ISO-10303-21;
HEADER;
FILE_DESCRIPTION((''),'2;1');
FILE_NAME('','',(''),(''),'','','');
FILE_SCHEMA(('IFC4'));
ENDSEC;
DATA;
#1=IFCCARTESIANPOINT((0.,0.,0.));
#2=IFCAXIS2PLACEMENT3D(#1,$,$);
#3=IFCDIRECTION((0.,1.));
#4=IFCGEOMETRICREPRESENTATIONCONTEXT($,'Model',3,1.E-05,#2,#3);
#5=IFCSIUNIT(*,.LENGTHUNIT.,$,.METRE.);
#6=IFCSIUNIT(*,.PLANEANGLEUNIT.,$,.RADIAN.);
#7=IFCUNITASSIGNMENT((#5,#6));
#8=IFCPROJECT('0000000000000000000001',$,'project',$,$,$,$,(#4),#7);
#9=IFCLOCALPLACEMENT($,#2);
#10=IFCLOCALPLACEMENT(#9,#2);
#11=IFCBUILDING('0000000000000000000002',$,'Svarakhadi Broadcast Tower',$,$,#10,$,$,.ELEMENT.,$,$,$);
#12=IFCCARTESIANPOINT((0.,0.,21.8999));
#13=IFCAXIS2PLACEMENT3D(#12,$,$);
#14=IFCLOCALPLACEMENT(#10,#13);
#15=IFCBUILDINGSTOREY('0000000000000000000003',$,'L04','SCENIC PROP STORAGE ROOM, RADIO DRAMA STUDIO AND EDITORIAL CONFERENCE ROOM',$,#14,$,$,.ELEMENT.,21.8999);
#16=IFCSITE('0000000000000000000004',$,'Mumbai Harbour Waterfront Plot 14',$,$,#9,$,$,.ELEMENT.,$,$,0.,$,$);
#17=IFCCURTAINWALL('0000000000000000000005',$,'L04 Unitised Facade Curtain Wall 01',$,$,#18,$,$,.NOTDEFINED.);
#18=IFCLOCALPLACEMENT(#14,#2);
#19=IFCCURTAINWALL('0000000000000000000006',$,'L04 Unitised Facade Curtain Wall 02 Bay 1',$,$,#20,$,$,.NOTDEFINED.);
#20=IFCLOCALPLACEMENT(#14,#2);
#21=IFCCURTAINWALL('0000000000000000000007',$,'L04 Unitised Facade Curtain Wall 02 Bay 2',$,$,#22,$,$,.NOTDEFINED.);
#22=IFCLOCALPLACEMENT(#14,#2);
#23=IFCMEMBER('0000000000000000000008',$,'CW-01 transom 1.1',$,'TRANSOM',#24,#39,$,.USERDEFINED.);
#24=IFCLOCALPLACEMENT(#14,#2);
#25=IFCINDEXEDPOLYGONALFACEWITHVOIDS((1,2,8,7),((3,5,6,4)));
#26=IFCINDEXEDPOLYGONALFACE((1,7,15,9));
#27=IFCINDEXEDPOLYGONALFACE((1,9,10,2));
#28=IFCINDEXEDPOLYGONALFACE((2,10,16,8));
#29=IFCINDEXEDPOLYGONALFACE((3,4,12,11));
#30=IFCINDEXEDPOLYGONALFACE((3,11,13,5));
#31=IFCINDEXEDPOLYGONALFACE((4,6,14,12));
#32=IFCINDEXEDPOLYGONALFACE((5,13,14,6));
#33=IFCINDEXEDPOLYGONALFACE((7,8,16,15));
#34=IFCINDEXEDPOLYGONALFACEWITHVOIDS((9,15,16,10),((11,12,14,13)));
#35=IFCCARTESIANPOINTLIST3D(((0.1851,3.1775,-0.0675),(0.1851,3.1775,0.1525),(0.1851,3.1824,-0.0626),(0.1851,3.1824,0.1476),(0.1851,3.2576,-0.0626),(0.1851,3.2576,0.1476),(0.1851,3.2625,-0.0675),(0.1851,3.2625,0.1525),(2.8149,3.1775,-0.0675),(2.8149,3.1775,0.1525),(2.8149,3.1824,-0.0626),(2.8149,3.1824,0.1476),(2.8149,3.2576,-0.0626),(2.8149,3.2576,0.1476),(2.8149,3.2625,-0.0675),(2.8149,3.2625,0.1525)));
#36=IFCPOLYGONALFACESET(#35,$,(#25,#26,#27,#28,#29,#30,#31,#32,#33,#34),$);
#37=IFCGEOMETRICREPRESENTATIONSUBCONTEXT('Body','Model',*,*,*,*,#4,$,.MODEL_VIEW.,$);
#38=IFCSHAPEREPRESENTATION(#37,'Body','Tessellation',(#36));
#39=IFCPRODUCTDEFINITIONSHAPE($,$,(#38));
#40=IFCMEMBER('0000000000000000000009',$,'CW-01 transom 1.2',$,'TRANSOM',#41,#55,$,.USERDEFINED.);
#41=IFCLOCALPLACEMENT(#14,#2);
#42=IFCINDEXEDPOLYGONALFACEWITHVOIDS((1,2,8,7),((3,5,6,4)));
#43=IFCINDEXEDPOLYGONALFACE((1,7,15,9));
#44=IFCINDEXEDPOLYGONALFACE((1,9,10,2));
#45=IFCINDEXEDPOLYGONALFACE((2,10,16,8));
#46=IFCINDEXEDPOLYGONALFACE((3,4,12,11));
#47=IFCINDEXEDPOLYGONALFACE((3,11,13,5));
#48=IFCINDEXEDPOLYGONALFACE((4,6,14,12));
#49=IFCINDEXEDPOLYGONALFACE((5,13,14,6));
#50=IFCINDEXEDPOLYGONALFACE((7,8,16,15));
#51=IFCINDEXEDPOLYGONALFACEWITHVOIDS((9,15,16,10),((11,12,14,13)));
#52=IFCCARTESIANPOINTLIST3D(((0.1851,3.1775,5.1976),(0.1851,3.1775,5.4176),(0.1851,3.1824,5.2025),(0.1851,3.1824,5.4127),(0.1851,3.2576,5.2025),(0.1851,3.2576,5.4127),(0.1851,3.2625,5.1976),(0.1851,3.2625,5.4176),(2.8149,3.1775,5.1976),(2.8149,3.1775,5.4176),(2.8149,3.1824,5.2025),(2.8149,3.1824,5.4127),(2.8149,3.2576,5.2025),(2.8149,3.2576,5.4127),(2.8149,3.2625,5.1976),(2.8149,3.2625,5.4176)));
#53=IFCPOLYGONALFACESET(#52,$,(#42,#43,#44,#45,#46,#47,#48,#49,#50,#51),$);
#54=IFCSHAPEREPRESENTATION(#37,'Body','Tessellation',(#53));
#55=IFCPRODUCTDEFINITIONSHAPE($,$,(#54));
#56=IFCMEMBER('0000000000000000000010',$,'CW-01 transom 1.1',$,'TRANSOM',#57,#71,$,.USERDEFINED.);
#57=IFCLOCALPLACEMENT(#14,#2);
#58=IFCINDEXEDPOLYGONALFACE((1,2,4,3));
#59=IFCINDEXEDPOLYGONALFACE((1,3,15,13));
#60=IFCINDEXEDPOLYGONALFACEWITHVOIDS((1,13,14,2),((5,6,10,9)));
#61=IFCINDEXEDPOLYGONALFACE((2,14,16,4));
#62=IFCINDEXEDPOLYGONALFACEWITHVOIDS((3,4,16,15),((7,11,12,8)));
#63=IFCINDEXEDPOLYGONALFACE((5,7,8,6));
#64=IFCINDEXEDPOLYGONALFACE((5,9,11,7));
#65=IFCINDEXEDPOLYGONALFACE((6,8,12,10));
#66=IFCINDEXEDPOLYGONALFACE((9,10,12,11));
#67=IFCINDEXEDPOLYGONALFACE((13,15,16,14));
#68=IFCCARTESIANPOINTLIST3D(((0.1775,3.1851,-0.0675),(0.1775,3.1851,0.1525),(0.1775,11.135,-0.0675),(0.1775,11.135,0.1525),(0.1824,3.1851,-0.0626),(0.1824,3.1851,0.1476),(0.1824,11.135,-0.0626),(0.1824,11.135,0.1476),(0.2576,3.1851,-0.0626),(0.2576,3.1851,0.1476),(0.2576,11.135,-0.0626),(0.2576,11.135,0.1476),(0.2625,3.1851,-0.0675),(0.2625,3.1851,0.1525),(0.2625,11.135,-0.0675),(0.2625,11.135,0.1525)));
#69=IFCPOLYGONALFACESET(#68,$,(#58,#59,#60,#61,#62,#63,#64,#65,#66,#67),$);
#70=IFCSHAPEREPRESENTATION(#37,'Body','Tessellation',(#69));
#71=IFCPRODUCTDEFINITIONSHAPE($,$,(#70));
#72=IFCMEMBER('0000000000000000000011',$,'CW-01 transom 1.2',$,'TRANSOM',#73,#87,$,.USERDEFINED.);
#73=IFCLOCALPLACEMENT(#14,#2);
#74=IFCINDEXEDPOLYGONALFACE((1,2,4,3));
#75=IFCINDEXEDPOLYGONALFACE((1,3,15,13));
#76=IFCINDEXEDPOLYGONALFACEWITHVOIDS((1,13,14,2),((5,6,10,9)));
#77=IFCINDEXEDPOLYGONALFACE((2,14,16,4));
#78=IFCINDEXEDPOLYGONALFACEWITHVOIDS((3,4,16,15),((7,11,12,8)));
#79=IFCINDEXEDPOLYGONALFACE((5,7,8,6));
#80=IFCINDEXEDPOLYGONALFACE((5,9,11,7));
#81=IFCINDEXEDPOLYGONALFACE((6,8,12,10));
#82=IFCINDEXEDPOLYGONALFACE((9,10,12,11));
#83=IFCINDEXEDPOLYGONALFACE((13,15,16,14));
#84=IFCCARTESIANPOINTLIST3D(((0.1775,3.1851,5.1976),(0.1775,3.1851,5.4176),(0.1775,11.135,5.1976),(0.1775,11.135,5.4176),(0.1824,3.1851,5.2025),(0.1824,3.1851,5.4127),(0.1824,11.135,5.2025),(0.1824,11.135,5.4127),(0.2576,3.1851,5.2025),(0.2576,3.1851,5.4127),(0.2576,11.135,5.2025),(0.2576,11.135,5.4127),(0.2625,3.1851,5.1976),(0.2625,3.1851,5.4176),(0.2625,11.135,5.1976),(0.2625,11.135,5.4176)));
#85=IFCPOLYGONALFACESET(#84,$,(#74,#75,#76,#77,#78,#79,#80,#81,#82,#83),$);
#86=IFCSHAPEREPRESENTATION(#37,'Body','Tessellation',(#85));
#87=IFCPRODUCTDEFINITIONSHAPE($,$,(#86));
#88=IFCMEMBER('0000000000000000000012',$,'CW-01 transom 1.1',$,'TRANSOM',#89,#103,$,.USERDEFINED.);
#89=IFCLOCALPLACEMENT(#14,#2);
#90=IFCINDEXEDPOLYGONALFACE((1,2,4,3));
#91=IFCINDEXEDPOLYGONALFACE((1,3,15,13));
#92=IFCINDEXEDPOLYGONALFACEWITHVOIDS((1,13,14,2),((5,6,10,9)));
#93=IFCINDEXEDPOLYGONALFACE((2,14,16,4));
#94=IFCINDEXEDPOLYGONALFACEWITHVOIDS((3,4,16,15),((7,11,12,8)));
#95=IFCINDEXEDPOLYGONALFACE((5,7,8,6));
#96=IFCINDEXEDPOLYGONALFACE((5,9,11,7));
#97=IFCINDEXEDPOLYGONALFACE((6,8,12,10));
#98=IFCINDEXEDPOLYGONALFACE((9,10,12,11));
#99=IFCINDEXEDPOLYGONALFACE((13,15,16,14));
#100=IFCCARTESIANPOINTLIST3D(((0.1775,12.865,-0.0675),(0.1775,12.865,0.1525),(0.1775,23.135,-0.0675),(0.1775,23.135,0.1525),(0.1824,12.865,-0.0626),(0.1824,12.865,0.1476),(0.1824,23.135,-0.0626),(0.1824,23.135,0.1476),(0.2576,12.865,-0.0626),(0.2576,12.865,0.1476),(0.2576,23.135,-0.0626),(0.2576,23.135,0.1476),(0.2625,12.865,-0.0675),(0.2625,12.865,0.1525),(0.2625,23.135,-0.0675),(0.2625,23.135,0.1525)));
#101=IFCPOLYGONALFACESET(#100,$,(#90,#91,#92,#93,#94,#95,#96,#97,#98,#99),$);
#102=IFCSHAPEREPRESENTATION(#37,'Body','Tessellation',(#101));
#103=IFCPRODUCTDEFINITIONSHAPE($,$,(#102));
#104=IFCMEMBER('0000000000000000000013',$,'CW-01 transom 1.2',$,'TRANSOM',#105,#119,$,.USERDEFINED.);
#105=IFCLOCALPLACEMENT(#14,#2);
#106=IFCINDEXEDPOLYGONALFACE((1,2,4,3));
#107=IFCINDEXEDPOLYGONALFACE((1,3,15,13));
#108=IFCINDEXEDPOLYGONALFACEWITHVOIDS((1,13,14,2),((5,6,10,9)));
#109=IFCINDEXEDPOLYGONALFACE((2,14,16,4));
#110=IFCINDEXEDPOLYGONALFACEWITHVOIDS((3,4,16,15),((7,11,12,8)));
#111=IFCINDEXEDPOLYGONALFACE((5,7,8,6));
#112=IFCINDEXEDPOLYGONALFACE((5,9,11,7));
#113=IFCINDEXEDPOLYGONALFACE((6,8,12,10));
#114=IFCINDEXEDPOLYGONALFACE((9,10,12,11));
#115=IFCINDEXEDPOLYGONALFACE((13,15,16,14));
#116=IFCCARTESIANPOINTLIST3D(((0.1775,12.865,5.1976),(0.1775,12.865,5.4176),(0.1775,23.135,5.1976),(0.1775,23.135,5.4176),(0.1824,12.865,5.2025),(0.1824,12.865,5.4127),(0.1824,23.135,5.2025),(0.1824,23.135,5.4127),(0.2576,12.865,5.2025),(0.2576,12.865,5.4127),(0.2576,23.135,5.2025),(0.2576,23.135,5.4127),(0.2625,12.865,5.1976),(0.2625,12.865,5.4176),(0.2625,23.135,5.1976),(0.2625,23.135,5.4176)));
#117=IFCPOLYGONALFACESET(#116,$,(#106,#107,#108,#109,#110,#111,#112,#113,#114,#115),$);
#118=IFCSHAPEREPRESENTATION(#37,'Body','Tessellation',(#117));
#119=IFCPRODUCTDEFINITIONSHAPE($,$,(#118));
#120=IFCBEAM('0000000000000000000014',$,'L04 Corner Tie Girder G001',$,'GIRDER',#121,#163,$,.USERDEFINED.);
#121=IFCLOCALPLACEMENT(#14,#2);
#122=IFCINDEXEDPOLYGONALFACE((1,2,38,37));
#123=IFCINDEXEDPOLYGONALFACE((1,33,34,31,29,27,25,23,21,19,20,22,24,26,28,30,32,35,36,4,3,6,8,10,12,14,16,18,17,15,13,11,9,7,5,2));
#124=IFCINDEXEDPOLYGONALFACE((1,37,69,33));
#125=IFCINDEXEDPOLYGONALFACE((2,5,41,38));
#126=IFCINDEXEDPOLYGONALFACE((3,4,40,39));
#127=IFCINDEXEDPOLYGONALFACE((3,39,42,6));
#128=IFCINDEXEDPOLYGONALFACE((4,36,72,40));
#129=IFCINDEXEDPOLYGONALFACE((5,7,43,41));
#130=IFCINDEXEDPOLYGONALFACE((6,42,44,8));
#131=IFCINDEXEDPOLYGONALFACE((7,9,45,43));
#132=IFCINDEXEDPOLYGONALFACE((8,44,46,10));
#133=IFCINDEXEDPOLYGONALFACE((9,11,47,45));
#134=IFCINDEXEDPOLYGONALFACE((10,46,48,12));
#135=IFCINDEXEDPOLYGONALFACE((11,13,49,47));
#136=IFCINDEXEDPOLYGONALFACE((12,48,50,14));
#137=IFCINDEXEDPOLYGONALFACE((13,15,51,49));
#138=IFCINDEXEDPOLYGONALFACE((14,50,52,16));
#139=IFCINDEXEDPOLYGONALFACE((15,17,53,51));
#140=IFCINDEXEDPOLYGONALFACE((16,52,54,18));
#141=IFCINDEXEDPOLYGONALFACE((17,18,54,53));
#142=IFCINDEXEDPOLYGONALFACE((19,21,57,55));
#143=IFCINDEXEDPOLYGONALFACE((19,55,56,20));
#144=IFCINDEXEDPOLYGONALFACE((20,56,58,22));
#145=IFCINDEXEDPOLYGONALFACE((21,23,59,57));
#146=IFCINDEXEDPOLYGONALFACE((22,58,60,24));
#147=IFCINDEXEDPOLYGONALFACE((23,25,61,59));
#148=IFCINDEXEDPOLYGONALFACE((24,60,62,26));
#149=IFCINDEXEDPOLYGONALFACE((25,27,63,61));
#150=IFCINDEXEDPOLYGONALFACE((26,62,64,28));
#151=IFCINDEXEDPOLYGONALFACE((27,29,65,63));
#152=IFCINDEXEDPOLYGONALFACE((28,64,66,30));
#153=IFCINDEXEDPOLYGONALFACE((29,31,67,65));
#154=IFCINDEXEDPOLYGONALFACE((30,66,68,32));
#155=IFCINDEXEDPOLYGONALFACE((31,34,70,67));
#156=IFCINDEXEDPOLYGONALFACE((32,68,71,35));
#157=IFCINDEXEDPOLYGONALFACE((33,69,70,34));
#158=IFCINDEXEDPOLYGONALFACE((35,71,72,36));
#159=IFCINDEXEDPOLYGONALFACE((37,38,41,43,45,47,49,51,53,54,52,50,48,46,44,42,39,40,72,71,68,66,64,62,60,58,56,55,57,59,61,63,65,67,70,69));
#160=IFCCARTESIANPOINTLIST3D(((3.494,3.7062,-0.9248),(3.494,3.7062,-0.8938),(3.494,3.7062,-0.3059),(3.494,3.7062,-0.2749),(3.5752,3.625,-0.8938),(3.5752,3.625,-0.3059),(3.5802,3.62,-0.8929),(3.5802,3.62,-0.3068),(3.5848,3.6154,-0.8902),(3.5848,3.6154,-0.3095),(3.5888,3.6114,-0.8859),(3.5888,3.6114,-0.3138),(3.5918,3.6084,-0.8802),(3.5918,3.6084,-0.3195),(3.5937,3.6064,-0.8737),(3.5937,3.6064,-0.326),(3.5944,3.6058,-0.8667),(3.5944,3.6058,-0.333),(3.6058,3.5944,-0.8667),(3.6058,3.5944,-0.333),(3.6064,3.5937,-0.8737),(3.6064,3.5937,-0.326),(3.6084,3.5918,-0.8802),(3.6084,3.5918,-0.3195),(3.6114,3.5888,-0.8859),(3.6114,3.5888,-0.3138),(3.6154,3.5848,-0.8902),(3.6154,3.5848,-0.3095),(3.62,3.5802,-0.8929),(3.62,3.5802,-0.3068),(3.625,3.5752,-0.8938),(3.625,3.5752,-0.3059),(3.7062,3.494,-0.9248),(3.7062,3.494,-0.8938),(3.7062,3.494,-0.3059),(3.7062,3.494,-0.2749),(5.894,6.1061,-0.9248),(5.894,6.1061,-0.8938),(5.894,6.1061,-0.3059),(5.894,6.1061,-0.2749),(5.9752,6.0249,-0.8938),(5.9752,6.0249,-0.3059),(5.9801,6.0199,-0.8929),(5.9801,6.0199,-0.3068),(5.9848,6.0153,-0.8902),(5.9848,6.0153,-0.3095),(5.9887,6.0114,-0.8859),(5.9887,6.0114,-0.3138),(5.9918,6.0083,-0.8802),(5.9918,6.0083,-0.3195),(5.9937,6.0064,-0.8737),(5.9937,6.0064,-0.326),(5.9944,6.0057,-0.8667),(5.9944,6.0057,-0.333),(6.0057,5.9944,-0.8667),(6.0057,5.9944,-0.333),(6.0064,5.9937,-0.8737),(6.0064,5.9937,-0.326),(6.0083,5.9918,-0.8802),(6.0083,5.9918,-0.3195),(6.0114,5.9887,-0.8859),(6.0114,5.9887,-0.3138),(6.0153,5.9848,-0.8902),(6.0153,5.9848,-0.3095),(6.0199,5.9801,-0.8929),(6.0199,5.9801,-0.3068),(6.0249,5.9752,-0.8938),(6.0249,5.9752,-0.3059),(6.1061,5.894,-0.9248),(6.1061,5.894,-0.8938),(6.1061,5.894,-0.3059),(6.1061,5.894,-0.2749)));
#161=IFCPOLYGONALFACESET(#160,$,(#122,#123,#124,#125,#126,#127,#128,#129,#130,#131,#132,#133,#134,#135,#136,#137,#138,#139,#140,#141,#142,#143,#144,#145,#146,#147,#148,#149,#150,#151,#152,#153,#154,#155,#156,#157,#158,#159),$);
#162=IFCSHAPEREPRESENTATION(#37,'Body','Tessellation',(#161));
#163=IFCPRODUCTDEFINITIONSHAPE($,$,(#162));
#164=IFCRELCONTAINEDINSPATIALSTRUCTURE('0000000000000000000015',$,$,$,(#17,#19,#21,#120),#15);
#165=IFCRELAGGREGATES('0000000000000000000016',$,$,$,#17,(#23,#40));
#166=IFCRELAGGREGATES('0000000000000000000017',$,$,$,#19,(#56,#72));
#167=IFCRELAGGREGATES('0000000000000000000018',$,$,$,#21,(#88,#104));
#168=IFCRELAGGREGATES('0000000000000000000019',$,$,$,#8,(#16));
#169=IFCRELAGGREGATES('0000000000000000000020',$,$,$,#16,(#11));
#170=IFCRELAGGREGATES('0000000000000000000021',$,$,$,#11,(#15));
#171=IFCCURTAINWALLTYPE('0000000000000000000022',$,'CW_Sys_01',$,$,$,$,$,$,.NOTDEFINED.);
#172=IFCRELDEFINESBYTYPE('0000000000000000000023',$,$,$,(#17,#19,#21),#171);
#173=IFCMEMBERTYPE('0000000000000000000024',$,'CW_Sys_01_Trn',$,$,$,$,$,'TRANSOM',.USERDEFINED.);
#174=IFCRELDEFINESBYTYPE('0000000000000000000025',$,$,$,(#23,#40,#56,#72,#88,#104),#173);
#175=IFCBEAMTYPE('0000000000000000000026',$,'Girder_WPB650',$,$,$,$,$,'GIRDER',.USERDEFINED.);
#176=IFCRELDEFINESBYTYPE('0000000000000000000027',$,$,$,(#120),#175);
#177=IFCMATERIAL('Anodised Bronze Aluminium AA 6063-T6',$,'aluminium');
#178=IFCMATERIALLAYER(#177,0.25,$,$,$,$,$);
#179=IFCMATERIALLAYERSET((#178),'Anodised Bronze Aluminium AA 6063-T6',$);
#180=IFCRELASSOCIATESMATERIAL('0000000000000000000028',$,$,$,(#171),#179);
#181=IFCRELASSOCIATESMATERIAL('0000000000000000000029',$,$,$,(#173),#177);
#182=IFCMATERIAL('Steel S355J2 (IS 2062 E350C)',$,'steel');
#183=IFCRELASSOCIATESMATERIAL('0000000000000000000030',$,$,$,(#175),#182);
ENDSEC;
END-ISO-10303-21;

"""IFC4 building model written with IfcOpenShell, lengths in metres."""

from ifc_helpers import new_model, si_unit, direction, frame, origin, origin_2d, place, context, subcontext, project, spatial, hollow_rectangle, i_section, extrude, material, layer, layer_set, material_profile, profile_set, type_object, element, aggregate, save


model = new_model("IFC4")

# Units and contexts
model_context = context("Model", 3, precision=1e-05, world=origin(), true_north=direction((0.0, 1.0)))
body_context = subcontext(model_context, "Body", "Model", "MODEL_VIEW")
ifc_project = project(units=[si_unit("LENGTHUNIT", "METRE"), si_unit("PLANEANGLEUNIT", "RADIAN")], contexts=[model_context])

# Site, building, storey
site_placement = place(None, origin())
site = spatial("IfcSite", under=ifc_project, at=site_placement, Name="Mumbai Harbour Waterfront Plot 14", CompositionType="ELEMENT", RefElevation=0.0)
building_placement = place(site_placement, origin())
building = spatial("IfcBuilding", under=site, at=building_placement, Name="Svarakhadi Broadcast Tower", CompositionType="ELEMENT")
storey_placement = place(building_placement, frame((0.0, 0.0, 21.8999)))
storey = spatial("IfcBuildingStorey", under=building, at=storey_placement, Name="L04", Description="SCENIC PROP STORAGE ROOM, RADIO DRAMA STUDIO AND EDITORIAL CONFERENCE ROOM", CompositionType="ELEMENT", Elevation=21.8999)

# Shared definitions
ifc_material_1 = material(Name="Steel S355J2 (IS 2062 E350C)", Category="steel")

# Curtain wall
ifc_material_2 = material(Name="Anodised Bronze Aluminium AA 6063-T6", Category="aluminium")
ifc_layer_1 = layer(ifc_material_2, 0.25)
ifc_layer_set_1 = layer_set([ifc_layer_1], Name="Anodised Bronze Aluminium AA 6063-T6")
curtain_wall_type = type_object("IfcCurtainWallType", Name="CW_Sys_01", PredefinedType="NOTDEFINED", material=ifc_layer_set_1)
curtain_wall_1_placement = place(storey_placement, origin())
curtain_wall_1 = element("IfcCurtainWall", 1, at=curtain_wall_1_placement, inside=storey, type_object=curtain_wall_type, Name="L04 Unitised Facade Curtain Wall 01", PredefinedType="NOTDEFINED")

# Curtain walls
curtain_wall_2_placement = place(storey_placement, origin())
curtain_wall_2 = element("IfcCurtainWall", 2, at=curtain_wall_2_placement, inside=storey, type_object=curtain_wall_type, Name="L04 Unitised Facade Curtain Wall 02 Bay 1", PredefinedType="NOTDEFINED")
curtain_wall_3_placement = place(storey_placement, origin())
curtain_wall_3 = element("IfcCurtainWall", 3, at=curtain_wall_3_placement, inside=storey, type_object=curtain_wall_type, Name="L04 Unitised Facade Curtain Wall 02 Bay 2", PredefinedType="NOTDEFINED")

# Members
ifc_material_profile_1 = material_profile(ifc_material_2, hollow_rectangle(XDim=0.085, YDim=0.22, WallThickness=0.0049, at=origin_2d()), Name="ALU TRANSOM 220x85x5")
ifc_profile_set_1 = profile_set([ifc_material_profile_1], Name="Anodised Bronze Aluminium AA 6063-T6")
member_type_1 = type_object("IfcMemberType", Name="CW_Sys_01_Trn", ElementType="TRANSOM", PredefinedType="USERDEFINED", material=ifc_profile_set_1)
member_1_placement = place(storey_placement, frame((2.8149, 3.22, 0.0425), z_axis=(-1.0, 0.0, 0.0), x_axis=(0.0, -1.0, 0.0)))
member_1 = element("IfcMember", 4, at=member_1_placement, type_object=member_type_1, Name="CW-01 transom 1.1", ObjectType="TRANSOM", PredefinedType="USERDEFINED", context=body_context, shape_type="SweptSolid", body=[
    extrude(hollow_rectangle(XDim=0.085, YDim=0.22, WallThickness=0.0049, at=origin_2d()), origin(), (0.0, 0.0, 1.0), 2.6299),
])
member_2_placement = place(storey_placement, frame((2.8149, 3.22, 5.3076), z_axis=(-1.0, 0.0, 0.0), x_axis=(0.0, -1.0, 0.0)))
member_2 = element("IfcMember", 5, at=member_2_placement, type_object=member_type_1, Name="CW-01 transom 1.2", ObjectType="TRANSOM", PredefinedType="USERDEFINED", context=body_context, shape_type="SweptSolid", body=[
    extrude(hollow_rectangle(XDim=0.085, YDim=0.22, WallThickness=0.0049, at=origin_2d()), origin(), (0.0, 0.0, 1.0), 2.6299),
])
member_3_placement = place(storey_placement, frame((0.22, 3.1851, 0.0425), z_axis=(0.0, 1.0, 0.0), x_axis=(-1.0, 0.0, 0.0)))
member_3 = element("IfcMember", 6, at=member_3_placement, type_object=member_type_1, Name="CW-01 transom 1.1", ObjectType="TRANSOM", PredefinedType="USERDEFINED", context=body_context, shape_type="SweptSolid", body=[
    extrude(hollow_rectangle(XDim=0.085, YDim=0.22, WallThickness=0.0049, at=origin_2d()), origin(), (0.0, 0.0, 1.0), 7.95),
])
member_4_placement = place(storey_placement, frame((0.22, 3.1851, 5.3076), z_axis=(0.0, 1.0, 0.0), x_axis=(-1.0, 0.0, 0.0)))
member_4 = element("IfcMember", 7, at=member_4_placement, type_object=member_type_1, Name="CW-01 transom 1.2", ObjectType="TRANSOM", PredefinedType="USERDEFINED", context=body_context, shape_type="SweptSolid", body=[
    extrude(hollow_rectangle(XDim=0.085, YDim=0.22, WallThickness=0.0049, at=origin_2d()), origin(), (0.0, 0.0, 1.0), 7.95),
])
member_5_placement = place(storey_placement, frame((0.22, 12.865, 0.0425), z_axis=(0.0, 1.0, 0.0), x_axis=(-1.0, 0.0, 0.0)))
member_5 = element("IfcMember", 8, at=member_5_placement, type_object=member_type_1, Name="CW-01 transom 1.1", ObjectType="TRANSOM", PredefinedType="USERDEFINED", context=body_context, shape_type="SweptSolid", body=[
    extrude(hollow_rectangle(XDim=0.085, YDim=0.22, WallThickness=0.0049, at=origin_2d()), origin(), (0.0, 0.0, 1.0), 10.27),
])
member_6_placement = place(storey_placement, frame((0.22, 12.865, 5.3076), z_axis=(0.0, 1.0, 0.0), x_axis=(-1.0, 0.0, 0.0)))
member_6 = element("IfcMember", 9, at=member_6_placement, type_object=member_type_1, Name="CW-01 transom 1.2", ObjectType="TRANSOM", PredefinedType="USERDEFINED", context=body_context, shape_type="SweptSolid", body=[
    extrude(hollow_rectangle(XDim=0.085, YDim=0.22, WallThickness=0.0049, at=origin_2d()), origin(), (0.0, 0.0, 1.0), 10.27),
])

# Beam
ifc_material_profile_2 = material_profile(ifc_material_1, i_section(OverallWidth=0.3, OverallDepth=0.6499, WebThickness=0.0161, FlangeThickness=0.031, FilletRadius=0.0271, at=origin_2d()), Name="WPB 650x300x225")
ifc_profile_set_2 = profile_set([ifc_material_profile_2], Name="Steel S355J2 (IS 2062 E350C)")
beam_type_1 = type_object("IfcBeamType", Name="Girder_WPB650", ElementType="GIRDER", PredefinedType="USERDEFINED", material=ifc_profile_set_2)
beam_placement = place(storey_placement, frame((3.6001, 3.6001, -0.5999), z_axis=(0.707107, 0.707107, 0.0), x_axis=(-0.707107, 0.707107, 0.0)))
element("IfcBeam", 10, at=beam_placement, inside=storey, type_object=beam_type_1, Name="L04 Corner Tie Girder G001", ObjectType="GIRDER", PredefinedType="USERDEFINED", context=body_context, shape_type="SweptSolid", body=[
    extrude(i_section(OverallWidth=0.3, OverallDepth=0.6499, WebThickness=0.0161, FlangeThickness=0.031, FilletRadius=0.0271, at=origin_2d()), origin(), (0.0, 0.0, 1.0), 3.394),
])

aggregate(curtain_wall_1, [member_1, member_2])
aggregate(curtain_wall_2, [member_3, member_4])
aggregate(curtain_wall_3, [member_5, member_6])

save(model, "model.ifc")
